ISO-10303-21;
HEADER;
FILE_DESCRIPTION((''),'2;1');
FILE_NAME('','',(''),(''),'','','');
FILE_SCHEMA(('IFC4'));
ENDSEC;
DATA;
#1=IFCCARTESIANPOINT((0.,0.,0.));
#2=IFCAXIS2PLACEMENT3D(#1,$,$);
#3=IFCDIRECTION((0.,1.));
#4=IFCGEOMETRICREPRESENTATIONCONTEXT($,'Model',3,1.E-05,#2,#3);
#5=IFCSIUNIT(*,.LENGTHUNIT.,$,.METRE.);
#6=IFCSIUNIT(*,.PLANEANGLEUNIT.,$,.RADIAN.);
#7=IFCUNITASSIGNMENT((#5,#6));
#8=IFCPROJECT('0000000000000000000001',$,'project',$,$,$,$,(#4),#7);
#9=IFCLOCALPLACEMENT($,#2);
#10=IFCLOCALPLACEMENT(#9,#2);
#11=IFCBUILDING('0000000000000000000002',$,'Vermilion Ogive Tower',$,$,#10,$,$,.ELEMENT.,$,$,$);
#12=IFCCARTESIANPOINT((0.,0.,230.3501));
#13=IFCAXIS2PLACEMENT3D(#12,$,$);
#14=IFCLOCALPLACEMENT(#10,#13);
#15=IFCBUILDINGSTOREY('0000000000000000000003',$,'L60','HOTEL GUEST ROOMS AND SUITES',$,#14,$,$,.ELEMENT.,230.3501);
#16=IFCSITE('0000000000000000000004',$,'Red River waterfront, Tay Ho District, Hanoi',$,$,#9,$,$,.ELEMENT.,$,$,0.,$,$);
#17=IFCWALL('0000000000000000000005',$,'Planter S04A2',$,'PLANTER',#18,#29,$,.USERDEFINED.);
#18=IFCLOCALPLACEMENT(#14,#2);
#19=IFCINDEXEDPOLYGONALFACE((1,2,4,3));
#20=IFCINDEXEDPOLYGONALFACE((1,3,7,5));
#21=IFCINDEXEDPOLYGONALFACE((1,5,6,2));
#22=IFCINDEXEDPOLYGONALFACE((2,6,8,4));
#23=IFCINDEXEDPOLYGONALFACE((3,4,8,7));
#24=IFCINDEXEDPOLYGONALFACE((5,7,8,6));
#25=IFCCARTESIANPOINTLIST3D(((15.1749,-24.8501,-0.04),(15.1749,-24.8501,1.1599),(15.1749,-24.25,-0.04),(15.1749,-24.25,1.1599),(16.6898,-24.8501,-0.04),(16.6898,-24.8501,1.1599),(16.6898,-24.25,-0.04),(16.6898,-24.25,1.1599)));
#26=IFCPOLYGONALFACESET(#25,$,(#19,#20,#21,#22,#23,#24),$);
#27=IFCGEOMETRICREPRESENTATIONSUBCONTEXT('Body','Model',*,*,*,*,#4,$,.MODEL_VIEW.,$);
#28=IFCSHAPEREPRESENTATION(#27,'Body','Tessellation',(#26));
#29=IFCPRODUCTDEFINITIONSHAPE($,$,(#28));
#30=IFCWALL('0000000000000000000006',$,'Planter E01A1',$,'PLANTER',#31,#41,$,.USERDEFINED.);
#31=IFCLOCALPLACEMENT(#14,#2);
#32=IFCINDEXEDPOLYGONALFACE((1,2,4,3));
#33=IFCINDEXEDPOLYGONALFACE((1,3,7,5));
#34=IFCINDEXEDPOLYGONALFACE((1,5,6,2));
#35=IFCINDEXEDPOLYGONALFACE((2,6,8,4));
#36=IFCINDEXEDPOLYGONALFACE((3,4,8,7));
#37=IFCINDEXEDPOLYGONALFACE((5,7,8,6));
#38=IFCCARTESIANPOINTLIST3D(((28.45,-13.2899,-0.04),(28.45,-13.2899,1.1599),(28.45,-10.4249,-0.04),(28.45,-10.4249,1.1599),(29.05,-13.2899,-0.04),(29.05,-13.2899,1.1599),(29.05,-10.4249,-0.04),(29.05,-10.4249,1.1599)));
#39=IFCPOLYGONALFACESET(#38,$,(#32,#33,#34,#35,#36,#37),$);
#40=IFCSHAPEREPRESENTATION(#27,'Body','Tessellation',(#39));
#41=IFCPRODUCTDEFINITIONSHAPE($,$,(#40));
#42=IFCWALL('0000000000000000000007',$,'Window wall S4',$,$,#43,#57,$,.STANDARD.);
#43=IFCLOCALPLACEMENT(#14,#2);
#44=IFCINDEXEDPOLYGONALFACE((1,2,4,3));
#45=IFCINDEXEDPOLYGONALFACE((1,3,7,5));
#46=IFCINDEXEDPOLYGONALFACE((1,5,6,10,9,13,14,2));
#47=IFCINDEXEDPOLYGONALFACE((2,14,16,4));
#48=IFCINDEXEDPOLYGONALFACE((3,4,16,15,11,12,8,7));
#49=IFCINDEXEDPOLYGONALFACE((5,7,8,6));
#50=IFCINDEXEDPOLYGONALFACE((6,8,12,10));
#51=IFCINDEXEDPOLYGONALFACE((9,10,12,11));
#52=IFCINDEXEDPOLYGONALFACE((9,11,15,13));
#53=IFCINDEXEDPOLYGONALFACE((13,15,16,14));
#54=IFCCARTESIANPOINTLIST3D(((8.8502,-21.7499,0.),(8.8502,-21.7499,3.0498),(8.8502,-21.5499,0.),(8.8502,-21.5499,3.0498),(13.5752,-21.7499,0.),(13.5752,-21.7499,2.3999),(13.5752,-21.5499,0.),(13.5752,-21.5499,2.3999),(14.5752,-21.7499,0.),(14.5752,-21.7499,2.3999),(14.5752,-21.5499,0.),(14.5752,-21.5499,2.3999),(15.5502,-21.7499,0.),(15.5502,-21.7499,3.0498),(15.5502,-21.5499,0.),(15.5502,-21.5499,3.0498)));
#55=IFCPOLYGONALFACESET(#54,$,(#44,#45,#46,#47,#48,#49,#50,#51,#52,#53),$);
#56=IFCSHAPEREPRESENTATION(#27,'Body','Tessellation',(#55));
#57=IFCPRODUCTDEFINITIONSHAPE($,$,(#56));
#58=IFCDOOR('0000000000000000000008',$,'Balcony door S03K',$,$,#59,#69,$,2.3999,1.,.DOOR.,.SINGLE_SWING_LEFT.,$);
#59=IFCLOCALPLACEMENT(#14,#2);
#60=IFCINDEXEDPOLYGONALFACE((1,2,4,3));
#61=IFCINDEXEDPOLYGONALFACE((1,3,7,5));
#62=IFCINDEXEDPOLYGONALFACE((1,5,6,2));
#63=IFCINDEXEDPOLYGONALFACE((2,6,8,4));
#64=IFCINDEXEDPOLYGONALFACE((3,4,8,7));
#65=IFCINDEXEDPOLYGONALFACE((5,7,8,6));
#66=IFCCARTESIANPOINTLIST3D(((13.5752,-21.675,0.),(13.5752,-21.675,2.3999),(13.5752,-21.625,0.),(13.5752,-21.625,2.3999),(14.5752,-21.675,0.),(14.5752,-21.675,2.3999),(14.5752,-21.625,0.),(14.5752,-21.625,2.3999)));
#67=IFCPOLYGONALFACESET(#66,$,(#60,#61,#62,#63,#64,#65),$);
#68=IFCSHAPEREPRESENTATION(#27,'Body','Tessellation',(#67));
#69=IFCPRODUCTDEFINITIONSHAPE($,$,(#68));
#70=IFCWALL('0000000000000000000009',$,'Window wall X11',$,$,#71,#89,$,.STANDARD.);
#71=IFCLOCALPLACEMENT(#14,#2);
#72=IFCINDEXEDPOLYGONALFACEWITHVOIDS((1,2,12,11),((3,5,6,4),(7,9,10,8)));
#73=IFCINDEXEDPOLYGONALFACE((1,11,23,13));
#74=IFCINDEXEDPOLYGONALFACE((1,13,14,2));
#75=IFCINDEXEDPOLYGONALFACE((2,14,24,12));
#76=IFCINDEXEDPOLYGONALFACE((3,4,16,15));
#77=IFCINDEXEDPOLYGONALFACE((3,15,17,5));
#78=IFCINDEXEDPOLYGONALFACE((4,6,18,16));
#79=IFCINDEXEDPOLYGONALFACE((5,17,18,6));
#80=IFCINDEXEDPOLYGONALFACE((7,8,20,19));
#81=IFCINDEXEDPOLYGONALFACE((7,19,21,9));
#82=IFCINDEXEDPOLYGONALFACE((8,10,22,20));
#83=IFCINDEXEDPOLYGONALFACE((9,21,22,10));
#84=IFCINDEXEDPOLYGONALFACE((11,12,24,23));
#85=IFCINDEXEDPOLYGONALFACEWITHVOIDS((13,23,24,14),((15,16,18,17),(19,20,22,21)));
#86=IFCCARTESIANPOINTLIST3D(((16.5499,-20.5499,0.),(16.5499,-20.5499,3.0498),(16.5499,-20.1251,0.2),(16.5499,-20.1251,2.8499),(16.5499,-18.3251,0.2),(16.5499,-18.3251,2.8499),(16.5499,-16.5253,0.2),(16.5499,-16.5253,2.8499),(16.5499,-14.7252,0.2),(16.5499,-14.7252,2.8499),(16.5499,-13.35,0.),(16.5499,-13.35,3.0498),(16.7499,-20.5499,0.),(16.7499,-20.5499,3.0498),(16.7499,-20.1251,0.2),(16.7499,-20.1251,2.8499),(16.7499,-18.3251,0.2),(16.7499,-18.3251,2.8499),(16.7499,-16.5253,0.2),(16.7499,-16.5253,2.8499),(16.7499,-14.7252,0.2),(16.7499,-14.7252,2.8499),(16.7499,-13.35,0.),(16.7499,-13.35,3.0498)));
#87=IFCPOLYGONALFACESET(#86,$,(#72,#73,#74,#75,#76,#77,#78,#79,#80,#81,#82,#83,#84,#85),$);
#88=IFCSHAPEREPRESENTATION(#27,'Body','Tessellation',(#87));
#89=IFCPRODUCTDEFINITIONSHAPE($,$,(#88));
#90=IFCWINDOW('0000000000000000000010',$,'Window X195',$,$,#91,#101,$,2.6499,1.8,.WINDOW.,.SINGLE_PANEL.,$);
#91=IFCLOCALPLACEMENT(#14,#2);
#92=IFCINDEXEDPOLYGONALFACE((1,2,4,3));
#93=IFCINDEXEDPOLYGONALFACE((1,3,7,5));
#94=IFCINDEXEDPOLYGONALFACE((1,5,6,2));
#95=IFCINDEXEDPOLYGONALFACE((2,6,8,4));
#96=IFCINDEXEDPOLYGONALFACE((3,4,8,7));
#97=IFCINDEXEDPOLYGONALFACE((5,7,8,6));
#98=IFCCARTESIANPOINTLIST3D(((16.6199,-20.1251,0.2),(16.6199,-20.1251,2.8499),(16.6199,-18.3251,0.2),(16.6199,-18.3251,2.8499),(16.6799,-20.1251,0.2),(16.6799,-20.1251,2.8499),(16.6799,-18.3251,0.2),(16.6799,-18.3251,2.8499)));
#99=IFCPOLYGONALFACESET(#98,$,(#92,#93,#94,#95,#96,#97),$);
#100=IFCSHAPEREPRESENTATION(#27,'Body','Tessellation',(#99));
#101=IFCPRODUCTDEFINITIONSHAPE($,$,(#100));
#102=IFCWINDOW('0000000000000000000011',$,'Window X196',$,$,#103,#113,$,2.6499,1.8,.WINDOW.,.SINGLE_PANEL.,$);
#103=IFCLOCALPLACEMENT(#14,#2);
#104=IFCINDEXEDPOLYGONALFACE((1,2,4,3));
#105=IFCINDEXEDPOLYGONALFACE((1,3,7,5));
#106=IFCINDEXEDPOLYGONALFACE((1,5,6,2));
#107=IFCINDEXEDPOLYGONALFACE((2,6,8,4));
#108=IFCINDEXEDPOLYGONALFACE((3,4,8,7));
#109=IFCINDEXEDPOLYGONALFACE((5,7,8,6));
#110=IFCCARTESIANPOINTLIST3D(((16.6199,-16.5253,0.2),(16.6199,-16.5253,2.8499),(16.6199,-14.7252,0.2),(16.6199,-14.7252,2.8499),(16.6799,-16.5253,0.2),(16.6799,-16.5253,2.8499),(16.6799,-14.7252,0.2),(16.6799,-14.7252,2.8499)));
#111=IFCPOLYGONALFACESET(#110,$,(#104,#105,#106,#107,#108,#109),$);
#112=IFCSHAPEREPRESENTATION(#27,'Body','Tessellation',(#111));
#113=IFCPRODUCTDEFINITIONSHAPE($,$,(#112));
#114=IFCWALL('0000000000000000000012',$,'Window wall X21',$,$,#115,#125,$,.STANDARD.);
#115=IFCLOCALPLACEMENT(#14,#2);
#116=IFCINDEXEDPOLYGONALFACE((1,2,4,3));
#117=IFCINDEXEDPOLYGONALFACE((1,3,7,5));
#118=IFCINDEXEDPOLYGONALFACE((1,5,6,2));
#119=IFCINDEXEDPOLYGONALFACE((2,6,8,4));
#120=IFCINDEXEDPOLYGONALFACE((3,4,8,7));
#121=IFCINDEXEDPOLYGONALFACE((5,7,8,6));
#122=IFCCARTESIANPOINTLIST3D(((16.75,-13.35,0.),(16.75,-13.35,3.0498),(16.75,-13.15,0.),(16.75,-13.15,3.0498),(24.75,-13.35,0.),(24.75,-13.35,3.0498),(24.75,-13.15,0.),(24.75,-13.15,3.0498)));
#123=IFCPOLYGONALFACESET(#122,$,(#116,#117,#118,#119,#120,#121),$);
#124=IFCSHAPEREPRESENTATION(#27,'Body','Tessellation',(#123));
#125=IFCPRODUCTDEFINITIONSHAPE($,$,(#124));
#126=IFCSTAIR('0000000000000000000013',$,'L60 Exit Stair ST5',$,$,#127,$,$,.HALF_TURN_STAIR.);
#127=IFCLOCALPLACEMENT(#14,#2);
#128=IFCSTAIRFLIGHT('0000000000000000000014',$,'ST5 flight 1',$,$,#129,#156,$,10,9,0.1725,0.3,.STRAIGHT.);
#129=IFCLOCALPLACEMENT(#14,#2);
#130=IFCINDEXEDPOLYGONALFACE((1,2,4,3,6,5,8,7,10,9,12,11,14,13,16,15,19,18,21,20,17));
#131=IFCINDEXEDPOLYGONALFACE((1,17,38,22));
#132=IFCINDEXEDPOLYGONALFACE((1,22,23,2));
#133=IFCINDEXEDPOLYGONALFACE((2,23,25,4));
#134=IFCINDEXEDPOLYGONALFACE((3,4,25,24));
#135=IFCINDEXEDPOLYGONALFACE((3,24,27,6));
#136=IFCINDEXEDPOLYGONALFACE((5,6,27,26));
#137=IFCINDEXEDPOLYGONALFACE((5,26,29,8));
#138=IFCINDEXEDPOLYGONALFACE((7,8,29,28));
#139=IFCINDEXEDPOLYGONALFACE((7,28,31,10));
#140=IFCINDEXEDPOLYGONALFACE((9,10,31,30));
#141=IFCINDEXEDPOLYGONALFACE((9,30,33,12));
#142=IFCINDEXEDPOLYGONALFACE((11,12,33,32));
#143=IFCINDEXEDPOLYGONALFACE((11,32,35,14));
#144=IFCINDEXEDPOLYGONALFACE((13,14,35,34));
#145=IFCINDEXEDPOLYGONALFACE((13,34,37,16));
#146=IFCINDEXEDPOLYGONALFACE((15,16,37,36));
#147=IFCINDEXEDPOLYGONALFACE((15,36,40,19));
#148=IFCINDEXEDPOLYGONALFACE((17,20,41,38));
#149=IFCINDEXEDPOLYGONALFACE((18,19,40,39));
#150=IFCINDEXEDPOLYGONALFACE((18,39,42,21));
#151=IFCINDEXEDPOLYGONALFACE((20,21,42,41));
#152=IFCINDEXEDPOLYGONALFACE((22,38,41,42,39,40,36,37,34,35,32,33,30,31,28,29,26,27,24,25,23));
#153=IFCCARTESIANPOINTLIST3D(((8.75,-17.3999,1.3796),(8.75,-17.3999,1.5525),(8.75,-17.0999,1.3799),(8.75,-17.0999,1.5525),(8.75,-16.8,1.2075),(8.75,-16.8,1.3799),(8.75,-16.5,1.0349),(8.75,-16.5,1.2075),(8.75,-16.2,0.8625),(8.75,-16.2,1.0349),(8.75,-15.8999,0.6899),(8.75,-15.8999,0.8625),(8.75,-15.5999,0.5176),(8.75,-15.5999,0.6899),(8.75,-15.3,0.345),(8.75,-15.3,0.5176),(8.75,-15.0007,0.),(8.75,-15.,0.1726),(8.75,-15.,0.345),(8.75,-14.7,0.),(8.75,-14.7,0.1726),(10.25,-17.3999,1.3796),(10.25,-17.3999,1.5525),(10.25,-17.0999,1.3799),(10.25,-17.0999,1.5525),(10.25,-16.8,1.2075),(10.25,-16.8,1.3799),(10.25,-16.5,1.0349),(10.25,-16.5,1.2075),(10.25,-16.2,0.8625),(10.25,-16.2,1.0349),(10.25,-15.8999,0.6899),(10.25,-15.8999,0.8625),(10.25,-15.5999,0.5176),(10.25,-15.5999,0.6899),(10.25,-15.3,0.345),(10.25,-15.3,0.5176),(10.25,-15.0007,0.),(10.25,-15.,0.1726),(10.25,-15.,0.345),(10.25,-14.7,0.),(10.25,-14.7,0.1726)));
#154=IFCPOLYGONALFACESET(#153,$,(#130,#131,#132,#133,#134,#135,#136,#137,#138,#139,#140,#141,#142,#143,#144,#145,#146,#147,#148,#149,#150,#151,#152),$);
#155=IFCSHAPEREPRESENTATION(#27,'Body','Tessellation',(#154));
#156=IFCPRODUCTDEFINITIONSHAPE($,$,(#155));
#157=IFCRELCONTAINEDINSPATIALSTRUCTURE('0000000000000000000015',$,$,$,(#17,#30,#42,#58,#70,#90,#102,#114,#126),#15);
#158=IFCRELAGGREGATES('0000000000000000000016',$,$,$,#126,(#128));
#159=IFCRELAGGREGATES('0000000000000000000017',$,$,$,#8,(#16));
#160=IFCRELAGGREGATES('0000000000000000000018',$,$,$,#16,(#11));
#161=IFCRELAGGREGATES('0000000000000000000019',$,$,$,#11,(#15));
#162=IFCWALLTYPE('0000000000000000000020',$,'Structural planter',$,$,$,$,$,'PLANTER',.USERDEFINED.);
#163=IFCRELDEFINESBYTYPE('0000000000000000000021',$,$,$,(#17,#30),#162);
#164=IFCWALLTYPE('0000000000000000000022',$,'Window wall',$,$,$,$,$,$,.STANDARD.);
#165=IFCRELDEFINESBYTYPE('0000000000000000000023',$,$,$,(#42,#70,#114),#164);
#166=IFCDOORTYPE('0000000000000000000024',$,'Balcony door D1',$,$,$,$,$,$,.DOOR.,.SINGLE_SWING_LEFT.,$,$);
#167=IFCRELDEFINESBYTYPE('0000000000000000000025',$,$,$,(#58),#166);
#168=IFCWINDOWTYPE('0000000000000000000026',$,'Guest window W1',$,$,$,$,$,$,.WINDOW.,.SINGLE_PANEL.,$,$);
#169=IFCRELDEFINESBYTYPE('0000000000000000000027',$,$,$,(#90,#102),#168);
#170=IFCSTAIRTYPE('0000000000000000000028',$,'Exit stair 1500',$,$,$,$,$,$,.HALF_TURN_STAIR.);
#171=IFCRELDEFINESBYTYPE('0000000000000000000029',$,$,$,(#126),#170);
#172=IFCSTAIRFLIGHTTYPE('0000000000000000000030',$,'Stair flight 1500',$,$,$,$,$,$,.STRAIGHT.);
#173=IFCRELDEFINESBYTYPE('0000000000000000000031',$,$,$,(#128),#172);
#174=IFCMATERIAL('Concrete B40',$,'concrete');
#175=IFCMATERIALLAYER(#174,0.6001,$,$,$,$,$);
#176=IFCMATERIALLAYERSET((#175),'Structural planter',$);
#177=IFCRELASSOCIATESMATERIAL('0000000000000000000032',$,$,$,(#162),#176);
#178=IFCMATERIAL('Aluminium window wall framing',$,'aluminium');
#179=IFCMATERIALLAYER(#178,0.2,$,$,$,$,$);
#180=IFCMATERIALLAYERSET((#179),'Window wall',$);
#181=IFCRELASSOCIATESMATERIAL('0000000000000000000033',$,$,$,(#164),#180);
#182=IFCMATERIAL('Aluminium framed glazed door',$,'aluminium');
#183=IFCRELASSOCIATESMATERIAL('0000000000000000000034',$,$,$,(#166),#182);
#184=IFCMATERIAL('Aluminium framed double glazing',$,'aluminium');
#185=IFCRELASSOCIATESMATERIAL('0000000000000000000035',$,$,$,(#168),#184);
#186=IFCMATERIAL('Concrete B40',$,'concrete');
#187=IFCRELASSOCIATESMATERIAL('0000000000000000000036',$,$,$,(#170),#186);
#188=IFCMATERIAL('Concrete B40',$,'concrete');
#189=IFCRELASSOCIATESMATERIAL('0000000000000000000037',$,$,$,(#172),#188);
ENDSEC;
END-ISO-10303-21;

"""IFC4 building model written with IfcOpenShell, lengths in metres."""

from ifc_helpers import new_model, si_unit, direction, frame, frame_2d, origin, place, context, subcontext, project, spatial, polyline, rectangle, outline, extrude, material, layer, layer_set, type_object, element, fill, aggregate, save


model = new_model("IFC4")

# Units and contexts
model_context = context("Model", 3, precision=1e-05, world=origin(), true_north=direction((0.0, 1.0)))
body_context = subcontext(model_context, "Body", "Model", "MODEL_VIEW")
ifc_project = project(units=[si_unit("LENGTHUNIT", "METRE"), si_unit("PLANEANGLEUNIT", "RADIAN")], contexts=[model_context])

# Site, building, storey
site_placement = place(None, origin())
site = spatial("IfcSite", under=ifc_project, at=site_placement, Name="Red River waterfront, Tay Ho District, Hanoi", CompositionType="ELEMENT", RefElevation=0.0)
building_placement = place(site_placement, origin())
building = spatial("IfcBuilding", under=site, at=building_placement, Name="Vermilion Ogive Tower", CompositionType="ELEMENT")
storey_placement = place(building_placement, frame((0.0, 0.0, 230.3501)))
storey = spatial("IfcBuildingStorey", under=building, at=storey_placement, Name="L60", Description="HOTEL GUEST ROOMS AND SUITES", CompositionType="ELEMENT", Elevation=230.3501)

# Walls
ifc_material_1 = material(Name="Concrete B40", Category="concrete")
ifc_layer_1 = layer(ifc_material_1, 0.6001)
ifc_layer_set_1 = layer_set([ifc_layer_1], Name="Structural planter")
wall_type_1 = type_object("IfcWallType", Name="Structural planter", ElementType="PLANTER", PredefinedType="USERDEFINED", material=ifc_layer_set_1)
wall_1_placement = place(storey_placement, frame((15.175, -24.55, -0.04), z_axis=(0.0, 0.0, 1.0), x_axis=(1.0, 0.0, 0.0)))
element("IfcWall", 1, at=wall_1_placement, inside=storey, type_object=wall_type_1, Name="Planter S04A2", ObjectType="PLANTER", PredefinedType="USERDEFINED", context=body_context, shape_type="SweptSolid", body=[
    extrude(rectangle(XDim=1.5149, YDim=0.6001, at=frame_2d((0.7573, 0.0))), origin(), (0.0, 0.0, 1.0), 1.2),
])
wall_2_placement = place(storey_placement, frame((28.75, -13.29, -0.04), z_axis=(0.0, 0.0, 1.0), x_axis=(0.0, 1.0, 0.0)))
element("IfcWall", 2, at=wall_2_placement, inside=storey, type_object=wall_type_1, Name="Planter E01A1", ObjectType="PLANTER", PredefinedType="USERDEFINED", context=body_context, shape_type="SweptSolid", body=[
    extrude(rectangle(XDim=2.865, YDim=0.6001, at=frame_2d((1.4326, 0.0))), origin(), (0.0, 0.0, 1.0), 1.2),
])

# Wall, opening, door
ifc_material_2 = material(Name="Aluminium window wall framing", Category="aluminium")
ifc_layer_2 = layer(ifc_material_2, 0.2)
ifc_layer_set_2 = layer_set([ifc_layer_2], Name="Window wall")
wall_type_2 = type_object("IfcWallType", Name="Window wall", PredefinedType="STANDARD", material=ifc_layer_set_2)
wall_3_placement = place(storey_placement, frame((8.8501, -21.6499, 0.0), z_axis=(0.0, 0.0, 1.0), x_axis=(1.0, 0.0, 0.0)))
wall_3 = element("IfcWall", 3, at=wall_3_placement, inside=storey, type_object=wall_type_2, Name="Window wall S4", PredefinedType="STANDARD", context=body_context, shape_type="SweptSolid", body=[
    extrude(rectangle(XDim=6.7, YDim=0.2, at=frame_2d((3.3501, 0.0))), origin(), (0.0, 0.0, 1.0), 3.0498),
])
opening_1_placement = place(wall_3_placement, frame((4.7251, 0.0, 0.0)))
opening_1 = element("IfcOpeningElement", 4, at=opening_1_placement, cuts=wall_3, PredefinedType="OPENING", context=body_context, shape_type="SweptSolid", body=[
    extrude(rectangle(XDim=1.0, YDim=2.3999, at=frame_2d((0.5, 1.2))), frame((0.0, 0.1099, 0.0), z_axis=(0.0, -1.0, 0.0), x_axis=(1.0, 0.0, 0.0)), (0.0, 0.0, 1.0), 0.22),
])
ifc_material_3 = material(Name="Aluminium framed glazed door", Category="aluminium")
door_type_1 = type_object("IfcDoorType", Name="Balcony door D1", OperationType="SINGLE_SWING_LEFT", PredefinedType="DOOR", material=ifc_material_3)
door_1_placement = place(opening_1_placement, origin())
door_1 = element("IfcDoor", 5, at=door_1_placement, inside=storey, type_object=door_type_1, Name="Balcony door S03K", OperationType="SINGLE_SWING_LEFT", OverallHeight=2.3999, OverallWidth=1.0, PredefinedType="DOOR", context=body_context, shape_type="SweptSolid", body=[
    extrude(rectangle(XDim=1.0, YDim=2.3999, at=frame_2d((0.5, 1.2))), frame((0.0, 0.0249, 0.0), z_axis=(0.0, -1.0, 0.0), x_axis=(1.0, 0.0, 0.0)), (0.0, 0.0, 1.0), 0.05),
])
fill(opening_1, door_1)

# Wall, openings, windows
wall_4_placement = place(storey_placement, frame((16.6499, -20.55, 0.0), z_axis=(0.0, 0.0, 1.0), x_axis=(0.0, 1.0, 0.0)))
wall_4 = element("IfcWall", 6, at=wall_4_placement, inside=storey, type_object=wall_type_2, Name="Window wall X11", PredefinedType="STANDARD", context=body_context, shape_type="SweptSolid", body=[
    extrude(rectangle(XDim=7.2, YDim=0.2, at=frame_2d((3.6001, 0.0))), origin(), (0.0, 0.0, 1.0), 3.0498),
])
opening_2_placement = place(wall_4_placement, frame((0.425, 0.0, 0.2)))
opening_2 = element("IfcOpeningElement", 7, at=opening_2_placement, cuts=wall_4, PredefinedType="OPENING", context=body_context, shape_type="SweptSolid", body=[
    extrude(rectangle(XDim=1.8, YDim=2.6499, at=frame_2d((0.8999, 1.325))), frame((0.0, 0.1099, 0.0), z_axis=(0.0, -1.0, 0.0), x_axis=(1.0, 0.0, 0.0)), (0.0, 0.0, 1.0), 0.22),
])
opening_3_placement = place(wall_4_placement, frame((4.0249, 0.0, 0.2)))
opening_3 = element("IfcOpeningElement", 8, at=opening_3_placement, cuts=wall_4, PredefinedType="OPENING", context=body_context, shape_type="SweptSolid", body=[
    extrude(rectangle(XDim=1.8, YDim=2.6499, at=frame_2d((0.8999, 1.325))), frame((0.0, 0.1099, 0.0), z_axis=(0.0, -1.0, 0.0), x_axis=(1.0, 0.0, 0.0)), (0.0, 0.0, 1.0), 0.22),
])
ifc_material_4 = material(Name="Aluminium framed double glazing", Category="aluminium")
window_type = type_object("IfcWindowType", Name="Guest window W1", PartitioningType="SINGLE_PANEL", PredefinedType="WINDOW", material=ifc_material_4)
window_1_placement = place(opening_2_placement, origin())
window_1 = element("IfcWindow", 9, at=window_1_placement, inside=storey, type_object=window_type, Name="Window X195", OverallHeight=2.6499, OverallWidth=1.8, PartitioningType="SINGLE_PANEL", PredefinedType="WINDOW", context=body_context, shape_type="SweptSolid", body=[
    extrude(rectangle(XDim=1.8, YDim=2.6499, at=frame_2d((0.8999, 1.325))), frame((0.0, 0.03, 0.0), z_axis=(0.0, -1.0, 0.0), x_axis=(1.0, 0.0, 0.0)), (0.0, 0.0, 1.0), 0.0601),
])
fill(opening_2, window_1)
window_2_placement = place(opening_3_placement, origin())
window_2 = element("IfcWindow", 10, at=window_2_placement, inside=storey, type_object=window_type, Name="Window X196", OverallHeight=2.6499, OverallWidth=1.8, PartitioningType="SINGLE_PANEL", PredefinedType="WINDOW", context=body_context, shape_type="SweptSolid", body=[
    extrude(rectangle(XDim=1.8, YDim=2.6499, at=frame_2d((0.8999, 1.325))), frame((0.0, 0.03, 0.0), z_axis=(0.0, -1.0, 0.0), x_axis=(1.0, 0.0, 0.0)), (0.0, 0.0, 1.0), 0.0601),
])
fill(opening_3, window_2)

# Wall
wall_5_placement = place(storey_placement, frame((16.75, -13.25, 0.0), z_axis=(0.0, 0.0, 1.0), x_axis=(1.0, 0.0, 0.0)))
element("IfcWall", 11, at=wall_5_placement, inside=storey, type_object=wall_type_2, Name="Window wall X21", PredefinedType="STANDARD", context=body_context, shape_type="SweptSolid", body=[
    extrude(rectangle(XDim=8.0, YDim=0.2, at=frame_2d((4.0, 0.0))), origin(), (0.0, 0.0, 1.0), 3.0498),
])

# Stair, stair flight
ifc_material_5 = material(Name="Concrete B40", Category="concrete")
stair_type = type_object("IfcStairType", Name="Exit stair 1500", PredefinedType="HALF_TURN_STAIR", material=ifc_material_5)
stair_placement = place(storey_placement, origin())
stair = element("IfcStair", 12, at=stair_placement, inside=storey, type_object=stair_type, Name="L60 Exit Stair ST5", PredefinedType="HALF_TURN_STAIR")
ifc_material_6 = material(Name="Concrete B40", Category="concrete")
stair_flight_type = type_object("IfcStairFlightType", Name="Stair flight 1500", PredefinedType="STRAIGHT", material=ifc_material_6)
stair_flight_1_placement = place(storey_placement, frame((9.5, -14.7, 0.0), z_axis=(0.0, 0.0, 1.0), x_axis=(0.0, -1.0, 0.0)))
stair_flight_1 = element("IfcStairFlight", 13, at=stair_flight_1_placement, type_object=stair_flight_type, Name="ST5 flight 1", NumberOfRisers=10, NumberOfTreads=9, PredefinedType="STRAIGHT", RiserHeight=0.1725, TreadLength=0.3, context=body_context, shape_type="SweptSolid", body=[
    extrude(outline(polyline([(0.0, 0.0), (0.0, 0.1726), (0.3, 0.1726), (0.3, 0.345), (0.6001, 0.345), (0.6001, 0.5176), (0.8999, 0.5176), (0.8999, 0.6899), (1.2, 0.6899), (1.2, 0.8625), (1.5, 0.8625), (1.5, 1.0349), (1.8, 1.0349), (1.8, 1.2075), (2.1001, 1.2075), (2.1001, 1.3799), (2.3999, 1.3799), (2.3999, 1.5525), (2.7, 1.5525), (2.7, 1.7251), (2.7, 1.3796), (0.3008, 0.0), (0.0, 0.0)])), frame((0.0, 0.75, 0.0), z_axis=(0.0, -1.0, 0.0), x_axis=(1.0, 0.0, 0.0)), (0.0, 0.0, 1.0), 1.5),
])
aggregate(stair, [stair_flight_1])

save(model, "model.ifc")
